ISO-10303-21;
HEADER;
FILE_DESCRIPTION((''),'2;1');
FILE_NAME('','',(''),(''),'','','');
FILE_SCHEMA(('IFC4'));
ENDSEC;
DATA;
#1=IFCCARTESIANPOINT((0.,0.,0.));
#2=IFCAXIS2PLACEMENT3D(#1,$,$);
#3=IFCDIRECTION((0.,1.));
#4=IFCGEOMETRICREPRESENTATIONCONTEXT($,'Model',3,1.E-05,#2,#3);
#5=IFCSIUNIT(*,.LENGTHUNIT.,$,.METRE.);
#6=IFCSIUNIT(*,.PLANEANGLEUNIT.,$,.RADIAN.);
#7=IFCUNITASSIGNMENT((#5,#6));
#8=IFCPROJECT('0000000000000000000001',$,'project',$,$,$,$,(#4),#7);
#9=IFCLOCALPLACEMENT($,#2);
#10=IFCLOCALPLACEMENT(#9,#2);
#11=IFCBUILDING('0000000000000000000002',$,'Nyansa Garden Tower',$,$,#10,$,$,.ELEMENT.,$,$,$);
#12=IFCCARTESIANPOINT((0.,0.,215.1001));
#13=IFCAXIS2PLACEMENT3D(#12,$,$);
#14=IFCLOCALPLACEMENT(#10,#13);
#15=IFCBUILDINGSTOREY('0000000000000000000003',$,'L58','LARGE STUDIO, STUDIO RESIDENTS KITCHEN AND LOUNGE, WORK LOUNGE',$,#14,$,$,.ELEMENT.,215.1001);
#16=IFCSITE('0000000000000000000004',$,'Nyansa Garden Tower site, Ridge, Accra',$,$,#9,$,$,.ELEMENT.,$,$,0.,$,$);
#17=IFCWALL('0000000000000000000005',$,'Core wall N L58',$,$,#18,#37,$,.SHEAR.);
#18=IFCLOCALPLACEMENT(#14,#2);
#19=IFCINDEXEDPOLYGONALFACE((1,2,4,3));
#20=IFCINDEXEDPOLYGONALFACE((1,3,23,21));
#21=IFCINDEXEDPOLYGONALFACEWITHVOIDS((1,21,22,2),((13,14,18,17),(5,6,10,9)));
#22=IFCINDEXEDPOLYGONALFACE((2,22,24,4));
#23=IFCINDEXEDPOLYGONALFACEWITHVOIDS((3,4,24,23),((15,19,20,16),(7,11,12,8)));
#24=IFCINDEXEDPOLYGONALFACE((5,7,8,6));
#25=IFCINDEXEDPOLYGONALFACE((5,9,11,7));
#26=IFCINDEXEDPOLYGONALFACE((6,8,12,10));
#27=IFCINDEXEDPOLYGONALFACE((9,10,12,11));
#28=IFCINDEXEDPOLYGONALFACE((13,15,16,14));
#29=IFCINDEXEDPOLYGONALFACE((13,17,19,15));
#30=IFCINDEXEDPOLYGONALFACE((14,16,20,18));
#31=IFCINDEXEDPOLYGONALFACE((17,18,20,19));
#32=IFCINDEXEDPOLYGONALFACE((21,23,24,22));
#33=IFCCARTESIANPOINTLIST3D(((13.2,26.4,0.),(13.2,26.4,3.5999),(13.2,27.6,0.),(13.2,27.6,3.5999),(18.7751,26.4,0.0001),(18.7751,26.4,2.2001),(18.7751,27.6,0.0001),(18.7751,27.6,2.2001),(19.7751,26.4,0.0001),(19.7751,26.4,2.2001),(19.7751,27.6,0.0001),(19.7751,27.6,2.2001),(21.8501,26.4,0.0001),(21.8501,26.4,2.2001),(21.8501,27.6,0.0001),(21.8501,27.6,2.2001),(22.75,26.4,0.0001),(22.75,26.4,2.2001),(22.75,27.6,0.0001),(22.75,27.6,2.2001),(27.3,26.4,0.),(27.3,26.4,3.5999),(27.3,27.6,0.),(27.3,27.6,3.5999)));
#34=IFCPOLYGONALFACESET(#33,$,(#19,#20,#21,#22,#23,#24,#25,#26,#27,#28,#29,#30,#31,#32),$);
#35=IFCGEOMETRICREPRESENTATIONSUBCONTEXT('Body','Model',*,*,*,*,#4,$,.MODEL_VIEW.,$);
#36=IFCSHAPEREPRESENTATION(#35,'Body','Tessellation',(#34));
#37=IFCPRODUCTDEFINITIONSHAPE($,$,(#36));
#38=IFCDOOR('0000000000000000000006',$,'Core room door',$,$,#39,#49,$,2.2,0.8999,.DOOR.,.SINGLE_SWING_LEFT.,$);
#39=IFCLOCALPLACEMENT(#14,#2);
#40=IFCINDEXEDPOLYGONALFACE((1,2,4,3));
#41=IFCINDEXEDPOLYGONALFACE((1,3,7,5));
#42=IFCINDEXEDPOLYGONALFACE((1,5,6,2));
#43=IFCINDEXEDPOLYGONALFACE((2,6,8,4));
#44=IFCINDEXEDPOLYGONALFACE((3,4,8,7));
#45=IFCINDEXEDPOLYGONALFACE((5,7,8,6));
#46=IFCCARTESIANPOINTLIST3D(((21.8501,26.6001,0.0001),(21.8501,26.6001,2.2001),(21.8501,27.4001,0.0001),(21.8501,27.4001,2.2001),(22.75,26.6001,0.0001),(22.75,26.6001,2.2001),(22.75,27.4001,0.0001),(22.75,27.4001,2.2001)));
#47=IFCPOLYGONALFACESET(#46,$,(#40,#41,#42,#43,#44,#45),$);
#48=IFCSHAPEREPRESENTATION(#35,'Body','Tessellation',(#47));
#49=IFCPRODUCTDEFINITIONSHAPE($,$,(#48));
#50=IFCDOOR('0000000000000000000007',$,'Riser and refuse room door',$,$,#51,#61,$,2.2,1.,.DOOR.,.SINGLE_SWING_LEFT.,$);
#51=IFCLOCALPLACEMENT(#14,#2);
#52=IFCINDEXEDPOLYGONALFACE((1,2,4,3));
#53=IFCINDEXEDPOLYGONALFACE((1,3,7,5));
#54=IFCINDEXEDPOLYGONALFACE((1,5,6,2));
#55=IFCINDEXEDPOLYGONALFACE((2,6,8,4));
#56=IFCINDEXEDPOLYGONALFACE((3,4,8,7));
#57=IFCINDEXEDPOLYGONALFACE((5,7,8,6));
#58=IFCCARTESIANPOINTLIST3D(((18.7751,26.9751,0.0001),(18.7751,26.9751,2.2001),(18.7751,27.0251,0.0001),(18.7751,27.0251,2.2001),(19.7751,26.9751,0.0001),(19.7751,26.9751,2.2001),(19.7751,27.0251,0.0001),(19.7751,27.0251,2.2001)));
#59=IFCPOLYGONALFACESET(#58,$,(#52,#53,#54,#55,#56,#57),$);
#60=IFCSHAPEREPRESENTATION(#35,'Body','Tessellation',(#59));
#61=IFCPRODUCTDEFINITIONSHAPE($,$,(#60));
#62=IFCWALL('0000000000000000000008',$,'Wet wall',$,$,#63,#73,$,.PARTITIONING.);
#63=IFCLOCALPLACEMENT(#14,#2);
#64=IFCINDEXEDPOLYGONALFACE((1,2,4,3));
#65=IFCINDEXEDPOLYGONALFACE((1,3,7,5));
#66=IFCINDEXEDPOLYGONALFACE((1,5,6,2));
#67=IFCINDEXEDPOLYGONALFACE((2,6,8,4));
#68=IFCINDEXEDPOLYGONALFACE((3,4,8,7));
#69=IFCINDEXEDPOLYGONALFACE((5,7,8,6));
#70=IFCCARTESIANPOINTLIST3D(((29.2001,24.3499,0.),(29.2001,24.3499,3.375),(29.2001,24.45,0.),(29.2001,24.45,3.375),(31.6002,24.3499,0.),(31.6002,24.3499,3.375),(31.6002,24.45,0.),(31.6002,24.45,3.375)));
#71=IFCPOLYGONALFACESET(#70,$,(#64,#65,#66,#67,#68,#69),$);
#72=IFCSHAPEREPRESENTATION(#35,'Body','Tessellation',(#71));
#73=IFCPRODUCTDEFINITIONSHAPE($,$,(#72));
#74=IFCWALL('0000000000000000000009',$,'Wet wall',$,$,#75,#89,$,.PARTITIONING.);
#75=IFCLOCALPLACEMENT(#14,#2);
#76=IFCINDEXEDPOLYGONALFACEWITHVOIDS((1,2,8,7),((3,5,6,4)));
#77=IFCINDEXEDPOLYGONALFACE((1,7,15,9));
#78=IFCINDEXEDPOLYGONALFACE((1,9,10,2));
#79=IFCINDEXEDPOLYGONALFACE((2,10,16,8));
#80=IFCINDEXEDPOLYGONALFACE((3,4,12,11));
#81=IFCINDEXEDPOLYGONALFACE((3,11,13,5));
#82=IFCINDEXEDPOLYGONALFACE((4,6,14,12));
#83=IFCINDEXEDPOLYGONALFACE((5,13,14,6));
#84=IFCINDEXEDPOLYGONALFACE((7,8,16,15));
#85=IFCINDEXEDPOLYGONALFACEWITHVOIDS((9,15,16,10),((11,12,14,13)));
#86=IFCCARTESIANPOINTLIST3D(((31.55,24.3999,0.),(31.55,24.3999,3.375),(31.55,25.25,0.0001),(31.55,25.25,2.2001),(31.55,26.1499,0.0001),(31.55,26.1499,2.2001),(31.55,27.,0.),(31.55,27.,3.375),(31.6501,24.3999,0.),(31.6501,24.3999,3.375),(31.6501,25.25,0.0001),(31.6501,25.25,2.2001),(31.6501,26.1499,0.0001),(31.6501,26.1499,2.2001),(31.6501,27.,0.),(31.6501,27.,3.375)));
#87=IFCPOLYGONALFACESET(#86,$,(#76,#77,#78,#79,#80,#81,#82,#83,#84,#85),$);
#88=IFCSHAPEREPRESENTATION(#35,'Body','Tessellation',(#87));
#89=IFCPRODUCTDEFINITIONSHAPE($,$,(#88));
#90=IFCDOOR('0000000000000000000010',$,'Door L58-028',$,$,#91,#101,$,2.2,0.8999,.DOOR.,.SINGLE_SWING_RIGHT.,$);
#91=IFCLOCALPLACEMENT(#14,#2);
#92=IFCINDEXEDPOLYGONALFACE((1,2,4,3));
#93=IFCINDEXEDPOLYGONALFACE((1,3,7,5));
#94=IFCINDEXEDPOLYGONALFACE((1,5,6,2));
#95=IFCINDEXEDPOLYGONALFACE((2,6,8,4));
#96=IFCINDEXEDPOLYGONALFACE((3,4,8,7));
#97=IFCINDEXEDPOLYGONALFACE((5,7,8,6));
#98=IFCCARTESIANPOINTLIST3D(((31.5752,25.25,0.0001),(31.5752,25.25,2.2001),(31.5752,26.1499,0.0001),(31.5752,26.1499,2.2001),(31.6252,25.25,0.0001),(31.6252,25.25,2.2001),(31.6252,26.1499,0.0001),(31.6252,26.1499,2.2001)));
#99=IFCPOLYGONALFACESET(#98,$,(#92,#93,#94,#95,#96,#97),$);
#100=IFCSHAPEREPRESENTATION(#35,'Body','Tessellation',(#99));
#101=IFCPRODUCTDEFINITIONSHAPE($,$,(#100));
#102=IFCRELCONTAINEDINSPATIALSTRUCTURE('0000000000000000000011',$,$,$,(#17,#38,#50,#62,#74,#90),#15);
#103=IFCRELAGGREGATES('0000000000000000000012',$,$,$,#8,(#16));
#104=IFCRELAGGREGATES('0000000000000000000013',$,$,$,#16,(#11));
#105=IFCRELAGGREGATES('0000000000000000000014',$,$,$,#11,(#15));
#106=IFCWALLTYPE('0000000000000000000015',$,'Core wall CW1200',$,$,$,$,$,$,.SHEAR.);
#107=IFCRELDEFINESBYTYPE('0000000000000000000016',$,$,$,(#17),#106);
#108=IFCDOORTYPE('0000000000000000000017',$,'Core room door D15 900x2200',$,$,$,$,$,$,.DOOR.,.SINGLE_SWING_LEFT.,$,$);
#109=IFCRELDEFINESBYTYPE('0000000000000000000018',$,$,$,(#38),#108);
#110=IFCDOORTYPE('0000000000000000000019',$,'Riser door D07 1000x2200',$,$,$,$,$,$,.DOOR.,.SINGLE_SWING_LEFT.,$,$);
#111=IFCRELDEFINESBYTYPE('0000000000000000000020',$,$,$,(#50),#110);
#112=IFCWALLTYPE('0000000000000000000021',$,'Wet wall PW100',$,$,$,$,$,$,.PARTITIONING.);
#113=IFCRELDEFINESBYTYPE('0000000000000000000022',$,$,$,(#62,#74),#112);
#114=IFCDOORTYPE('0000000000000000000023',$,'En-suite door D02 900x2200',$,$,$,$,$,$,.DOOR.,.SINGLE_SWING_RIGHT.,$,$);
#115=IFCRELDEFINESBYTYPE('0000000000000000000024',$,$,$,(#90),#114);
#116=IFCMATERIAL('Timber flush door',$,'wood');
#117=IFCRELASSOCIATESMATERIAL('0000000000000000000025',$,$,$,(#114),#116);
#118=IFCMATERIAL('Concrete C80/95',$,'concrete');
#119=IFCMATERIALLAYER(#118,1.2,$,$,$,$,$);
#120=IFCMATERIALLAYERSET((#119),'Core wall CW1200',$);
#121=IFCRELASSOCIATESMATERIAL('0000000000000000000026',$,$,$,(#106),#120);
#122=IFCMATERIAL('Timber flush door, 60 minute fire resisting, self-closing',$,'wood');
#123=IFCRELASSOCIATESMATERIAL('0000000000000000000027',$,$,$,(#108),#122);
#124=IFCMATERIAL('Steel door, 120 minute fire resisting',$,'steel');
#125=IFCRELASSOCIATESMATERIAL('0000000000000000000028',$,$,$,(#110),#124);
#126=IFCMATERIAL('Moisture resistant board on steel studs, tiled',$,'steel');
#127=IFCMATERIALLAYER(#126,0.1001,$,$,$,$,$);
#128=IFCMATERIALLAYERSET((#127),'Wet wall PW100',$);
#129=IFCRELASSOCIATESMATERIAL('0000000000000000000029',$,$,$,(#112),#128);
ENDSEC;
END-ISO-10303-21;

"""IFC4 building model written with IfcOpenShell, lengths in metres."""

from ifc_helpers import new_model, si_unit, direction, frame, frame_2d, origin, place, context, subcontext, project, spatial, rectangle, extrude, material, layer, layer_set, type_object, element, fill, save


model = new_model("IFC4")

# Units and contexts
model_context = context("Model", 3, precision=1e-05, world=origin(), true_north=direction((0.0, 1.0)))
body_context = subcontext(model_context, "Body", "Model", "MODEL_VIEW")
ifc_project = project(units=[si_unit("LENGTHUNIT", "METRE"), si_unit("PLANEANGLEUNIT", "RADIAN")], contexts=[model_context])

# Site, building, storey
site_placement = place(None, origin())
site = spatial("IfcSite", under=ifc_project, at=site_placement, Name="Nyansa Garden Tower site, Ridge, Accra", CompositionType="ELEMENT", RefElevation=0.0)
building_placement = place(site_placement, origin())
building = spatial("IfcBuilding", under=site, at=building_placement, Name="Nyansa Garden Tower", CompositionType="ELEMENT")
storey_placement = place(building_placement, frame((0.0, 0.0, 215.1001)))
storey = spatial("IfcBuildingStorey", under=building, at=storey_placement, Name="L58", Description="LARGE STUDIO, STUDIO RESIDENTS KITCHEN AND LOUNGE, WORK LOUNGE", CompositionType="ELEMENT", Elevation=215.1001)

# Shared definitions
ifc_material_1 = material(Name="Timber flush door", Category="wood")
door_type_1 = type_object("IfcDoorType", Name="En-suite door D02 900x2200", OperationType="SINGLE_SWING_RIGHT", PredefinedType="DOOR", material=ifc_material_1)

# Wall, openings, doors
ifc_material_2 = material(Name="Concrete C80/95", Category="concrete")
ifc_layer_1 = layer(ifc_material_2, 1.2)
ifc_layer_set_1 = layer_set([ifc_layer_1], Name="Core wall CW1200")
wall_type_1 = type_object("IfcWallType", Name="Core wall CW1200", PredefinedType="SHEAR", material=ifc_layer_set_1)
wall_1_placement = place(storey_placement, frame((27.3, 27.0, 0.0), z_axis=(0.0, 0.0, 1.0), x_axis=(-1.0, 0.0, 0.0)))
wall_1 = element("IfcWall", 1, at=wall_1_placement, inside=storey, type_object=wall_type_1, Name="Core wall N L58", PredefinedType="SHEAR", context=body_context, shape_type="SweptSolid", body=[
    extrude(rectangle(XDim=14.1001, YDim=1.2, at=frame_2d((7.05, 0.0))), origin(), (0.0, 0.0, 1.0), 3.5999),
])
opening_1_placement = place(wall_1_placement, frame((4.55, 0.0, 0.0)))
opening_1 = element("IfcOpeningElement", 2, at=opening_1_placement, cuts=wall_1, PredefinedType="OPENING", context=body_context, shape_type="SweptSolid", body=[
    extrude(rectangle(XDim=0.8999, YDim=2.2, at=frame_2d((0.45, 1.1001))), frame((0.0, 0.6099, 0.0), z_axis=(0.0, -1.0, 0.0), x_axis=(1.0, 0.0, 0.0)), (0.0, 0.0, 1.0), 1.22),
])
opening_2_placement = place(wall_1_placement, frame((7.5249, 0.0, 0.0)))
opening_2 = element("IfcOpeningElement", 3, at=opening_2_placement, cuts=wall_1, PredefinedType="OPENING", context=body_context, shape_type="SweptSolid", body=[
    extrude(rectangle(XDim=1.0, YDim=2.2, at=frame_2d((0.5, 1.1001))), frame((0.0, 0.6099, 0.0), z_axis=(0.0, -1.0, 0.0), x_axis=(1.0, 0.0, 0.0)), (0.0, 0.0, 1.0), 1.22),
])
ifc_material_3 = material(Name="Timber flush door, 60 minute fire resisting, self-closing", Category="wood")
door_type_2 = type_object("IfcDoorType", Name="Core room door D15 900x2200", OperationType="SINGLE_SWING_LEFT", PredefinedType="DOOR", material=ifc_material_3)
door_1_placement = place(opening_1_placement, origin())
door_1 = element("IfcDoor", 4, at=door_1_placement, inside=storey, type_object=door_type_2, Name="Core room door", OperationType="SINGLE_SWING_LEFT", OverallHeight=2.2, OverallWidth=0.8999, PredefinedType="DOOR", context=body_context, shape_type="SweptSolid", body=[
    extrude(rectangle(XDim=0.8999, YDim=2.2, at=frame_2d((0.45, 1.1001))), frame((0.0, 0.3999, 0.0), z_axis=(0.0, -1.0, 0.0), x_axis=(1.0, 0.0, 0.0)), (0.0, 0.0, 1.0), 0.8),
])
fill(opening_1, door_1)
ifc_material_4 = material(Name="Steel door, 120 minute fire resisting", Category="steel")
door_type_3 = type_object("IfcDoorType", Name="Riser door D07 1000x2200", OperationType="SINGLE_SWING_LEFT", PredefinedType="DOOR", material=ifc_material_4)
door_2_placement = place(opening_2_placement, origin())
door_2 = element("IfcDoor", 5, at=door_2_placement, inside=storey, type_object=door_type_3, Name="Riser and refuse room door", OperationType="SINGLE_SWING_LEFT", OverallHeight=2.2, OverallWidth=1.0, PredefinedType="DOOR", context=body_context, shape_type="SweptSolid", body=[
    extrude(rectangle(XDim=1.0, YDim=2.2, at=frame_2d((0.5, 1.1001))), frame((0.0, 0.0249, 0.0), z_axis=(0.0, -1.0, 0.0), x_axis=(1.0, 0.0, 0.0)), (0.0, 0.0, 1.0), 0.05),
])
fill(opening_2, door_2)

# Wall
ifc_material_5 = material(Name="Moisture resistant board on steel studs, tiled", Category="steel")
ifc_layer_2 = layer(ifc_material_5, 0.1001)
ifc_layer_set_2 = layer_set([ifc_layer_2], Name="Wet wall PW100")
wall_type_2 = type_object("IfcWallType", Name="Wet wall PW100", PredefinedType="PARTITIONING", material=ifc_layer_set_2)
wall_2_placement = place(storey_placement, frame((29.2, 24.3999, 0.0), z_axis=(0.0, 0.0, 1.0), x_axis=(1.0, 0.0, 0.0)))
element("IfcWall", 6, at=wall_2_placement, inside=storey, type_object=wall_type_2, Name="Wet wall", PredefinedType="PARTITIONING", context=body_context, shape_type="SweptSolid", body=[
    extrude(rectangle(XDim=2.4001, YDim=0.1001, at=frame_2d((1.2002, 0.0))), origin(), (0.0, 0.0, 1.0), 3.375),
])

# Wall, opening, door
wall_3_placement = place(storey_placement, frame((31.6001, 24.3999, 0.0), z_axis=(0.0, 0.0, 1.0), x_axis=(0.0, 1.0, 0.0)))
wall_3 = element("IfcWall", 7, at=wall_3_placement, inside=storey, type_object=wall_type_2, Name="Wet wall", PredefinedType="PARTITIONING", context=body_context, shape_type="SweptSolid", body=[
    extrude(rectangle(XDim=2.6001, YDim=0.1001, at=frame_2d((1.3, 0.0))), origin(), (0.0, 0.0, 1.0), 3.375),
])
opening_3_placement = place(wall_3_placement, frame((0.8501, 0.0, 0.0)))
opening_3 = element("IfcOpeningElement", 8, at=opening_3_placement, cuts=wall_3, PredefinedType="OPENING", context=body_context, shape_type="SweptSolid", body=[
    extrude(rectangle(XDim=0.8999, YDim=2.2, at=frame_2d((0.45, 1.1001))), frame((0.0, 0.0601, 0.0), z_axis=(0.0, -1.0, 0.0), x_axis=(1.0, 0.0, 0.0)), (0.0, 0.0, 1.0), 0.1201),
])
door_3_placement = place(opening_3_placement, origin())
door_3 = element("IfcDoor", 9, at=door_3_placement, inside=storey, type_object=door_type_1, Name="Door L58-028", OperationType="SINGLE_SWING_RIGHT", OverallHeight=2.2, OverallWidth=0.8999, PredefinedType="DOOR", context=body_context, shape_type="SweptSolid", body=[
    extrude(rectangle(XDim=0.8999, YDim=2.2, at=frame_2d((0.45, 1.1001))), frame((0.0, 0.0249, 0.0), z_axis=(0.0, -1.0, 0.0), x_axis=(1.0, 0.0, 0.0)), (0.0, 0.0, 1.0), 0.05),
])
fill(opening_3, door_3)

save(model, "model.ifc")
